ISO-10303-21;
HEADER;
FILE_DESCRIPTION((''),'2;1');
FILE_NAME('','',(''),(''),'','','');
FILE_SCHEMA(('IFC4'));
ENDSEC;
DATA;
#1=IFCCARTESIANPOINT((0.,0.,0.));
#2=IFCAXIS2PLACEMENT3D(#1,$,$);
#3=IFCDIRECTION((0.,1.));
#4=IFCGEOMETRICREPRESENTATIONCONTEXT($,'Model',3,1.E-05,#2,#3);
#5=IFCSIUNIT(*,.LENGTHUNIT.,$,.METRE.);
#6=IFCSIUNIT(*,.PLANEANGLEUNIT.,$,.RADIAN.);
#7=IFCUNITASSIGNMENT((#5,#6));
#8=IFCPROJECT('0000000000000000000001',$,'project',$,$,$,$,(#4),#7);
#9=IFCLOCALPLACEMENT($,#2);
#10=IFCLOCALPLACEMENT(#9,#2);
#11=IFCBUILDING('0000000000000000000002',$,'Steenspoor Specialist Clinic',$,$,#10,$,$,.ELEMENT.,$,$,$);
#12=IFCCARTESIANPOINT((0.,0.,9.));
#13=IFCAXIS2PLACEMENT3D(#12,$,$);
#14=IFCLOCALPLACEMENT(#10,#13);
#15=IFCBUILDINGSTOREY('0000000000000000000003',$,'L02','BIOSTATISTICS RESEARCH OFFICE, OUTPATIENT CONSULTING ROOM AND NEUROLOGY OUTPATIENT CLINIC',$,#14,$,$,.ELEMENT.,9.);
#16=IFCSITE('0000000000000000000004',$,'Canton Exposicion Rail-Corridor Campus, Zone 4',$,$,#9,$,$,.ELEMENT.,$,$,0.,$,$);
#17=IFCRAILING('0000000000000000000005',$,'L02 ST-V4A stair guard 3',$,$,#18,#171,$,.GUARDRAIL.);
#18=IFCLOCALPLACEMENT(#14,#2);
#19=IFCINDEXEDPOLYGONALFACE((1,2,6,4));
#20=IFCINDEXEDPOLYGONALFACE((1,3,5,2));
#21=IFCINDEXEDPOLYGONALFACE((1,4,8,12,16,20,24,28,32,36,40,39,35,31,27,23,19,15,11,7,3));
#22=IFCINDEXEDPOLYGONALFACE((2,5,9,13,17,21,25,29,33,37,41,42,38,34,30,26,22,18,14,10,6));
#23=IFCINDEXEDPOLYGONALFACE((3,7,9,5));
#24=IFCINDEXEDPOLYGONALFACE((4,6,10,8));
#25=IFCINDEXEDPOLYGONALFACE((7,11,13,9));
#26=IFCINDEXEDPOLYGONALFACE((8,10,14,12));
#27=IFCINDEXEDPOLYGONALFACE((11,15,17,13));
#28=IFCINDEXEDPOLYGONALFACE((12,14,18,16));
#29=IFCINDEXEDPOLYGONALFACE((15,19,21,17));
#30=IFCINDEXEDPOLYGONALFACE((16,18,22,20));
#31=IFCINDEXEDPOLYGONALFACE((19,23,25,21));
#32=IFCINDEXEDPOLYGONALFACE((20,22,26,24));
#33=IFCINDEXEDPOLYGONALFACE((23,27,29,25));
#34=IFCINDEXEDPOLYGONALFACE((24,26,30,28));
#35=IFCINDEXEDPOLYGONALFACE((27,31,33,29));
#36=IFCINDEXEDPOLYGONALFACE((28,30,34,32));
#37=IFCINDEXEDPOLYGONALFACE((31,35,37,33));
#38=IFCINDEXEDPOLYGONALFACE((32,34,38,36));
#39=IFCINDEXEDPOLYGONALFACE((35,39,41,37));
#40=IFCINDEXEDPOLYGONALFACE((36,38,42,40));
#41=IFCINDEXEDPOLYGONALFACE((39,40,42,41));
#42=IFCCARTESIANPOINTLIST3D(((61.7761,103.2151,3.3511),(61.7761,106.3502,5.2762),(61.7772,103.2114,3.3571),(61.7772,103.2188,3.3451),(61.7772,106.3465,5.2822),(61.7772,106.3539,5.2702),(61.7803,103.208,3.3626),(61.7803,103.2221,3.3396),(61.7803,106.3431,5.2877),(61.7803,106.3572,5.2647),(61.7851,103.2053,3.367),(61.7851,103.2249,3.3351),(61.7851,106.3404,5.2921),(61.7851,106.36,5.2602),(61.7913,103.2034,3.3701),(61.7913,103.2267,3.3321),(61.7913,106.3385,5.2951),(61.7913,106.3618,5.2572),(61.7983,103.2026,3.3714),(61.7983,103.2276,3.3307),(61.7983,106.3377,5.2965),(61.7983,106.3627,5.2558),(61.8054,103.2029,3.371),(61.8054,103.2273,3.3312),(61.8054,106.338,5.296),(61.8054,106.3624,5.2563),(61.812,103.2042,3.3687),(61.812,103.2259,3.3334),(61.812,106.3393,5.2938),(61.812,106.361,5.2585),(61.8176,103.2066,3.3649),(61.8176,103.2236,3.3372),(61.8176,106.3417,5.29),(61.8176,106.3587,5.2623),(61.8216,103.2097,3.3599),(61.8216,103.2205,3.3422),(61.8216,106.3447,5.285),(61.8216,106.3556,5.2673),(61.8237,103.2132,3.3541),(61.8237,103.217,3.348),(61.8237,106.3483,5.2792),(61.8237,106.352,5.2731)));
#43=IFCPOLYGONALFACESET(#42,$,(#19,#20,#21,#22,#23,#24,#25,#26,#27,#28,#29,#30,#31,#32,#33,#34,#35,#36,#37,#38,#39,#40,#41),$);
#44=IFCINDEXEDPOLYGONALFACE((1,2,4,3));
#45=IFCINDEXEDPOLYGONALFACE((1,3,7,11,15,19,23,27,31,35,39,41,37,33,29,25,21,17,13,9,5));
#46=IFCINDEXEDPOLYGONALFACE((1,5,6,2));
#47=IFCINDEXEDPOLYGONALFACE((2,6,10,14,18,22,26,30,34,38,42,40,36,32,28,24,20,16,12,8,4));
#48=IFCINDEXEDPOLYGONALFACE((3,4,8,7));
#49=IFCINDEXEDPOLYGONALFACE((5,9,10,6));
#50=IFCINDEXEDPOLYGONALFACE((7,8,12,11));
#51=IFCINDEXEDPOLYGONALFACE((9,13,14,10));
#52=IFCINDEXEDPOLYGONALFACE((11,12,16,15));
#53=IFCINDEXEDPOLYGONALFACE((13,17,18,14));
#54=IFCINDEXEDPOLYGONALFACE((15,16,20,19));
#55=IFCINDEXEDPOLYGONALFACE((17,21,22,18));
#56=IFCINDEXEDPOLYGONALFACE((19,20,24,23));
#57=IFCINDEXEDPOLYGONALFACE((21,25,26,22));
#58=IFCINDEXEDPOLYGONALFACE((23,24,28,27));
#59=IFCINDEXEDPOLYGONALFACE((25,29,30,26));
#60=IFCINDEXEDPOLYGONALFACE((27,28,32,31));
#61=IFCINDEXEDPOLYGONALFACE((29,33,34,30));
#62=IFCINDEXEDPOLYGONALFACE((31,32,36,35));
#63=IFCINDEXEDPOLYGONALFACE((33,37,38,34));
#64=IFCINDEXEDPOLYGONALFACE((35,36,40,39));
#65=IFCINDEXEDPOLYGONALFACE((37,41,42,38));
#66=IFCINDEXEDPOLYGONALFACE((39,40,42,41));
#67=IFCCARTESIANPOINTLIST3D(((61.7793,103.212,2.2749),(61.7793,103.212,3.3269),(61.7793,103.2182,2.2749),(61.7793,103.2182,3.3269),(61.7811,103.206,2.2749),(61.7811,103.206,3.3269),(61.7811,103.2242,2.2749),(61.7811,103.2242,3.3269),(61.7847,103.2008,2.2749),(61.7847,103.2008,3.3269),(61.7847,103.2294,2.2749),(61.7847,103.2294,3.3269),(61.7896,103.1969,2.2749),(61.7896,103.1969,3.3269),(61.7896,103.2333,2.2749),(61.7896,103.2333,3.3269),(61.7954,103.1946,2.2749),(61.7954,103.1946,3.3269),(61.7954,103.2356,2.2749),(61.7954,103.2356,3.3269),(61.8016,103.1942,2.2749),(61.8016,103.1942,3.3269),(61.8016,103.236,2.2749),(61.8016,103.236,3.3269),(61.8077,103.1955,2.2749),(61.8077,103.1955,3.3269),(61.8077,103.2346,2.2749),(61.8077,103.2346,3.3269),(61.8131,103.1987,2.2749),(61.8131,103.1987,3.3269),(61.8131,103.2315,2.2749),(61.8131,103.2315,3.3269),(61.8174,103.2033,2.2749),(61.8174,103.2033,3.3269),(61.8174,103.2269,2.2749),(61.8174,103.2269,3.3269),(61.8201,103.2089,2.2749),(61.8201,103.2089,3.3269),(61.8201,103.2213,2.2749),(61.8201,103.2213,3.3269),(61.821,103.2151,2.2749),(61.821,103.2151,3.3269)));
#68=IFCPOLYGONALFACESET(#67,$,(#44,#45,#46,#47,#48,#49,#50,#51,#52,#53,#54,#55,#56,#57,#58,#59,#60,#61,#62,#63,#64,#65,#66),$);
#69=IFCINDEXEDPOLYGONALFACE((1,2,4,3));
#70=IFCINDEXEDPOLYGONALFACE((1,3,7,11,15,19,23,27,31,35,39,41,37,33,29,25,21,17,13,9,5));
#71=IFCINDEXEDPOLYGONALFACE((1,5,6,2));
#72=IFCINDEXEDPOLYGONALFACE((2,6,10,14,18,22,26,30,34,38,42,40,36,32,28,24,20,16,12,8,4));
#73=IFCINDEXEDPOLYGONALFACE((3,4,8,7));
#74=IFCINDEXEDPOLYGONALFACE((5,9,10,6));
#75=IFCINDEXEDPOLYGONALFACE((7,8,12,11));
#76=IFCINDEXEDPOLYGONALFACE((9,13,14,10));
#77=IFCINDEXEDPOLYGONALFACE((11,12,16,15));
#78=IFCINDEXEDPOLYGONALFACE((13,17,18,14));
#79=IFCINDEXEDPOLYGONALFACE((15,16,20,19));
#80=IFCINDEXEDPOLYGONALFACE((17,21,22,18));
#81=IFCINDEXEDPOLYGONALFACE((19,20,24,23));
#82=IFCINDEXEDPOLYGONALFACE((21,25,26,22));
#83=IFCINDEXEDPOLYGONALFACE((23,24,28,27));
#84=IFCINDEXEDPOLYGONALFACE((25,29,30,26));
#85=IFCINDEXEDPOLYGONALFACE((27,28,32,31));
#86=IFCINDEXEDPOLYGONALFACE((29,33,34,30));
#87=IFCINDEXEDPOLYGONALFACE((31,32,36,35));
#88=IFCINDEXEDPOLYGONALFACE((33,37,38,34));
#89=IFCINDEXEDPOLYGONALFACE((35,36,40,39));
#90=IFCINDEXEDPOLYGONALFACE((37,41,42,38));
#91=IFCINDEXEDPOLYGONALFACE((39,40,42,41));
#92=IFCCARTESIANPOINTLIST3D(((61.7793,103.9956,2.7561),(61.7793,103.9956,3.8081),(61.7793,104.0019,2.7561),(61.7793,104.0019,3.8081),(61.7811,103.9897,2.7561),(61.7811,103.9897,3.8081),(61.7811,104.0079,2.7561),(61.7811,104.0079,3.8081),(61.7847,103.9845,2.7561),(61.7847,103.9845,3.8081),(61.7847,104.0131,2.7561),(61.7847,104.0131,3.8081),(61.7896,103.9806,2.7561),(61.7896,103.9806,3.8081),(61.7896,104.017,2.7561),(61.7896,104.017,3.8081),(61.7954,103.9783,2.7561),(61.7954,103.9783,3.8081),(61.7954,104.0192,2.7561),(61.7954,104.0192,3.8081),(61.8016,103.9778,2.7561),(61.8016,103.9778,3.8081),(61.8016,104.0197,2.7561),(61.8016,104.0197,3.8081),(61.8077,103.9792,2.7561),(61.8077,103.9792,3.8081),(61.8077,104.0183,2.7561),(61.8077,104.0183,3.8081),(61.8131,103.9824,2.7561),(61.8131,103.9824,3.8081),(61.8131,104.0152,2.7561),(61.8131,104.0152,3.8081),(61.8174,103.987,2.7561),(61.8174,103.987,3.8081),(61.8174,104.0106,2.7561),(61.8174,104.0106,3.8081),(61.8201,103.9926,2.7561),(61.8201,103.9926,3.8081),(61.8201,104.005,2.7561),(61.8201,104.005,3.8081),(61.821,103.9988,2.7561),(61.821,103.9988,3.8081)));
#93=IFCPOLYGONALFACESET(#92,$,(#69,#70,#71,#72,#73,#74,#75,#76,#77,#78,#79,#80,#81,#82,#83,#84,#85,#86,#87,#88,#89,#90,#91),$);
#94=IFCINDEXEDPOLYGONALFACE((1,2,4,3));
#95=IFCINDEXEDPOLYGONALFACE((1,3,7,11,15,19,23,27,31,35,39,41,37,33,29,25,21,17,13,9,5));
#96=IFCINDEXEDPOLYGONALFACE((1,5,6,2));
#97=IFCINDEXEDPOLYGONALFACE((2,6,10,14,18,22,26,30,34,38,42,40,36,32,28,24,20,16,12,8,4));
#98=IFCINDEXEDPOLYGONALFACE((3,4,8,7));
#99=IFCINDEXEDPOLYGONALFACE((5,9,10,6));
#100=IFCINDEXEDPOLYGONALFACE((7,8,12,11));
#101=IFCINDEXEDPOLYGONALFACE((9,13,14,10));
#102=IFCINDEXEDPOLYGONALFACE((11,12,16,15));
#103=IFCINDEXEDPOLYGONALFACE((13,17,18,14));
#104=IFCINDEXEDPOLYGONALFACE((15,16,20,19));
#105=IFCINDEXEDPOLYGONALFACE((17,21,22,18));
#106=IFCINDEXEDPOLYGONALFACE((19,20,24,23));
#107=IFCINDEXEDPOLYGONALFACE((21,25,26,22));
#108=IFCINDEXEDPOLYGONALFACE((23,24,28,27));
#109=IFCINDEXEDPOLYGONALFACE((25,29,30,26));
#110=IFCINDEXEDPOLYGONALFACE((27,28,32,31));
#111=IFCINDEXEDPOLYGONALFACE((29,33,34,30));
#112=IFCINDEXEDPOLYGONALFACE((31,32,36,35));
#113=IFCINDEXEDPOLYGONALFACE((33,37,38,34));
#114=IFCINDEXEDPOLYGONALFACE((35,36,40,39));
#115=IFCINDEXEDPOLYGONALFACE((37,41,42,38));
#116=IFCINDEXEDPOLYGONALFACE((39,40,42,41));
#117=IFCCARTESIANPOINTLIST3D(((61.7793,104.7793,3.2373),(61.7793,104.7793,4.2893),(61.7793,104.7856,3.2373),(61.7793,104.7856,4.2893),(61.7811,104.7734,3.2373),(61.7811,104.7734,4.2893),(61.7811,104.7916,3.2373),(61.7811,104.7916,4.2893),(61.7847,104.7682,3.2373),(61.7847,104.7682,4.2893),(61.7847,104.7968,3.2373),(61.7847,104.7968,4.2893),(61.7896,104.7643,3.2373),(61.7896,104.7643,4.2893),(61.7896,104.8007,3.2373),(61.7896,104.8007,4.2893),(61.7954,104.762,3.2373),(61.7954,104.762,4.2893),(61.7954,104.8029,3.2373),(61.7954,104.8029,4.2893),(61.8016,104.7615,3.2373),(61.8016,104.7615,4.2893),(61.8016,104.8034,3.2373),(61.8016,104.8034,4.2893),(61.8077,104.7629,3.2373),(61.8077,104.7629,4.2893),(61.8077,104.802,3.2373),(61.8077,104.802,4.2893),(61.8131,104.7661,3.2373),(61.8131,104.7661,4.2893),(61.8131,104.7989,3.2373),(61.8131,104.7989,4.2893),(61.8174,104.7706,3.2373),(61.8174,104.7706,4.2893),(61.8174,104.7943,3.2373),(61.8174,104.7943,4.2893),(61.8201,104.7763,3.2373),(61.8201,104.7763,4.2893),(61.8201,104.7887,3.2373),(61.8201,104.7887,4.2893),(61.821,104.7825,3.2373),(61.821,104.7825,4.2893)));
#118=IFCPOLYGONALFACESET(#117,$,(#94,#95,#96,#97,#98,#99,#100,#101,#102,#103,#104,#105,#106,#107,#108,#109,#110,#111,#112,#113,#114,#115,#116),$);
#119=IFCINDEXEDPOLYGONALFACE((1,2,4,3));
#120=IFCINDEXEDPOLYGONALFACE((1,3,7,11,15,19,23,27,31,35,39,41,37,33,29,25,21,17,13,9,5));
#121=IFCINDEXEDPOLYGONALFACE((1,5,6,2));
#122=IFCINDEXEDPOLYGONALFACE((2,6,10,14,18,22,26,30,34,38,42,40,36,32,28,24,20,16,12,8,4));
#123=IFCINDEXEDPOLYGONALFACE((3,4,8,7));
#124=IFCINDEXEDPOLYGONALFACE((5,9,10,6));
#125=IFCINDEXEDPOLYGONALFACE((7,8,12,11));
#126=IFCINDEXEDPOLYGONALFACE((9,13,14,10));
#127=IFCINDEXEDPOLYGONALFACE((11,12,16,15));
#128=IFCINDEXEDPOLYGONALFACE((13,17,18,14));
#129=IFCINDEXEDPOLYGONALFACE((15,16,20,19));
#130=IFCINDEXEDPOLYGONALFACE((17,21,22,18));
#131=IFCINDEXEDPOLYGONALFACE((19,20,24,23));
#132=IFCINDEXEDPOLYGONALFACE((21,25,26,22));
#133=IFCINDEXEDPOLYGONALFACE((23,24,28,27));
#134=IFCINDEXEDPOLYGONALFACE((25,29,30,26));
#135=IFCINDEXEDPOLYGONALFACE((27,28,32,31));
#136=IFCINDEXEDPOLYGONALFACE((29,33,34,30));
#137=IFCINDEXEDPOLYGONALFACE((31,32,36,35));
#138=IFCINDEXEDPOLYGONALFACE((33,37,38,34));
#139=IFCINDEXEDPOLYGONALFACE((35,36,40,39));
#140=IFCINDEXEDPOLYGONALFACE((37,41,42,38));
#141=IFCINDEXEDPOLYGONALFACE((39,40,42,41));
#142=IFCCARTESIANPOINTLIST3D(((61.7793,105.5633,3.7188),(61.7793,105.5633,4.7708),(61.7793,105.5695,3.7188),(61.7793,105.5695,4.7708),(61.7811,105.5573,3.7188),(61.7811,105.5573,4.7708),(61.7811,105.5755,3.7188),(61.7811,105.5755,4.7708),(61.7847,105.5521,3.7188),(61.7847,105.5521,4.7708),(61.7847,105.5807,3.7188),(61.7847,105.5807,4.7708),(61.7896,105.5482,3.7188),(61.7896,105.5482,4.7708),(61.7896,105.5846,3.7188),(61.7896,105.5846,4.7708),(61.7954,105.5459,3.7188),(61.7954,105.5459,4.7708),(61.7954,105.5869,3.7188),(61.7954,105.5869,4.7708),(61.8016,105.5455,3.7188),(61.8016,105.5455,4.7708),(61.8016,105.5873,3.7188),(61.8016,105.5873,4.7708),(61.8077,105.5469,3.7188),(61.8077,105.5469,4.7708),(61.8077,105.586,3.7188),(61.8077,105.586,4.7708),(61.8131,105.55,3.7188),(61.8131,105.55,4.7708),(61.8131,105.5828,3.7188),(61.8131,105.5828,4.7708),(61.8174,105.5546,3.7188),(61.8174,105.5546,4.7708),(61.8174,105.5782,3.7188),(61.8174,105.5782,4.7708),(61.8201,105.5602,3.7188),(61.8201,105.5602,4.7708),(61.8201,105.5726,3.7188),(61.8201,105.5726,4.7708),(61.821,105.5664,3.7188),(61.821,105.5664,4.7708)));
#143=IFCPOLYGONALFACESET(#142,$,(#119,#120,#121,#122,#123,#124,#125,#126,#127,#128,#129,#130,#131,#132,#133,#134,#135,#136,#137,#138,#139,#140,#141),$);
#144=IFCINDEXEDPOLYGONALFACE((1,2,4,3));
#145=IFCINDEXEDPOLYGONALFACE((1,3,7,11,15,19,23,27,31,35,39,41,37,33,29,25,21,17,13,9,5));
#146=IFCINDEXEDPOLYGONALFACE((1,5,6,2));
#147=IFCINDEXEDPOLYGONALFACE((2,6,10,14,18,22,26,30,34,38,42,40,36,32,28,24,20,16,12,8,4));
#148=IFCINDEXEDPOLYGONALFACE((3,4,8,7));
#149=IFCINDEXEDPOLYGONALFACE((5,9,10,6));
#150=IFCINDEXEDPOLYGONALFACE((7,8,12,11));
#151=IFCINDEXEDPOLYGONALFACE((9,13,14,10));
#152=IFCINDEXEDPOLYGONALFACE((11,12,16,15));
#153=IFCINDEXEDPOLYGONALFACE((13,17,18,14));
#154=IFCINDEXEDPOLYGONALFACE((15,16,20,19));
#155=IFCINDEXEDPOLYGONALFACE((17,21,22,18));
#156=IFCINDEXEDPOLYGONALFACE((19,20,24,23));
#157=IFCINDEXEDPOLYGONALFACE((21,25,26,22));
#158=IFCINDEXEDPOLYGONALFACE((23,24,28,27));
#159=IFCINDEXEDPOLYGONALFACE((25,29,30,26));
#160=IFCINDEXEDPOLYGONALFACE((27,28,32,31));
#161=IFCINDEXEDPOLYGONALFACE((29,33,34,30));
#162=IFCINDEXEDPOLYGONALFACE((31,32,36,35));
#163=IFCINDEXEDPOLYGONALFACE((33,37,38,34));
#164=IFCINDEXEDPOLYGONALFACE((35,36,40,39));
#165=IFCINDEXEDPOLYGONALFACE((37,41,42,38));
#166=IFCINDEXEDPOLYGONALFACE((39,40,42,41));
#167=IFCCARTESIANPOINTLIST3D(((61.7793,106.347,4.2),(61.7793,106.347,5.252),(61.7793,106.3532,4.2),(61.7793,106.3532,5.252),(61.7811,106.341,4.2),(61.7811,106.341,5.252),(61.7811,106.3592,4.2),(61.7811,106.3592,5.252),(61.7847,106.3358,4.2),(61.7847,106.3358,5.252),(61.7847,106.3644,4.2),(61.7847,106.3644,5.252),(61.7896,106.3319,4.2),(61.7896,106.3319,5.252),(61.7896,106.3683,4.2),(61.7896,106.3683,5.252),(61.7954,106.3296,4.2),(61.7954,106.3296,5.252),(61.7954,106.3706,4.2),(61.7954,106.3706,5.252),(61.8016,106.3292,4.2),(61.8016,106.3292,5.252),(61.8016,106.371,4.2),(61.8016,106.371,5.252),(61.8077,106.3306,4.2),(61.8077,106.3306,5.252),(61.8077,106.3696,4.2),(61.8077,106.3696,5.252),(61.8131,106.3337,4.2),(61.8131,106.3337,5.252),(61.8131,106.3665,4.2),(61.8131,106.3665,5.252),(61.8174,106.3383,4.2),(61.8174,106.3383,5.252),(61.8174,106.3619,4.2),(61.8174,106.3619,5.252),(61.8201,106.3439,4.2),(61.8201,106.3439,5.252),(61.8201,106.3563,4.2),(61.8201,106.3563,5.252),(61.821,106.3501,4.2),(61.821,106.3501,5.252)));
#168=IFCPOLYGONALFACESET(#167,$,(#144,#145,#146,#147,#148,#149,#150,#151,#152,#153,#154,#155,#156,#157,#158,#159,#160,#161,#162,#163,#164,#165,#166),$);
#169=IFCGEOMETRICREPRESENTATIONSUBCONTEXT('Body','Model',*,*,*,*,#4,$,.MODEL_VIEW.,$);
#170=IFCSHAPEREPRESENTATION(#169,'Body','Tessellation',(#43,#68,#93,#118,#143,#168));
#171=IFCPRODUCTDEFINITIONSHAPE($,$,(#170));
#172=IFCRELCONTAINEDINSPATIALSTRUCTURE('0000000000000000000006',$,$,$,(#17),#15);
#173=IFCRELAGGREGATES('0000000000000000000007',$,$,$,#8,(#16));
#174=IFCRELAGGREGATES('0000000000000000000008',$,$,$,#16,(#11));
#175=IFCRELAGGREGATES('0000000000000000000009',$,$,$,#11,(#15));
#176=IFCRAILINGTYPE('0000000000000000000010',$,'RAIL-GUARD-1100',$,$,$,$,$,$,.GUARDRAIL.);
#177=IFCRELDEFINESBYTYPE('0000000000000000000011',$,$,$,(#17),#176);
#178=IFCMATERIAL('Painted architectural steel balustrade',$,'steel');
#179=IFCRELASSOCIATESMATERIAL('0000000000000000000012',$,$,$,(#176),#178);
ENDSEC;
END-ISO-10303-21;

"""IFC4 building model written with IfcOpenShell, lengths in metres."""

from ifc_helpers import new_model, si_unit, direction, frame, origin, origin_2d, place, context, subcontext, project, spatial, circle, extrude, material, type_object, element, save


model = new_model("IFC4")

# Units and contexts
model_context = context("Model", 3, precision=1e-05, world=origin(), true_north=direction((0.0, 1.0)))
body_context = subcontext(model_context, "Body", "Model", "MODEL_VIEW")
ifc_project = project(units=[si_unit("LENGTHUNIT", "METRE"), si_unit("PLANEANGLEUNIT", "RADIAN")], contexts=[model_context])

# Site, building, storey
site_placement = place(None, origin())
site = spatial("IfcSite", under=ifc_project, at=site_placement, Name="Canton Exposicion Rail-Corridor Campus, Zone 4", CompositionType="ELEMENT", RefElevation=0.0)
building_placement = place(site_placement, origin())
building = spatial("IfcBuilding", under=site, at=building_placement, Name="Steenspoor Specialist Clinic", CompositionType="ELEMENT")
storey_placement = place(building_placement, frame((0.0, 0.0, 9.0)))
storey = spatial("IfcBuildingStorey", under=building, at=storey_placement, Name="L02", Description="BIOSTATISTICS RESEARCH OFFICE, OUTPATIENT CONSULTING ROOM AND NEUROLOGY OUTPATIENT CLINIC", CompositionType="ELEMENT", Elevation=9.0)

# Railing
ifc_material_1 = material(Name="Painted architectural steel balustrade", Category="steel")
railing_type_1 = type_object("IfcRailingType", Name="RAIL-GUARD-1100", PredefinedType="GUARDRAIL", material=ifc_material_1)
railing_1_placement = place(storey_placement, frame((61.8, 103.2151, 2.2749)))
element("IfcRailing", 1, at=railing_1_placement, inside=storey, type_object=railing_type_1, Name="L02 ST-V4A stair guard 3", PredefinedType="GUARDRAIL", context=body_context, shape_type="SweptSolid", body=[
    extrude(circle(Radius=0.0239, at=origin_2d()), frame((0.0, 0.0, 1.0762), z_axis=(0.0, 0.852166, 0.523271), x_axis=(-1.0, 0.0, 0.0)), (0.0, 0.0, 1.0), 3.679),
    extrude(circle(Radius=0.021, at=origin_2d()), origin(), (0.0, 0.0, 1.0), 1.052),
    extrude(circle(Radius=0.021, at=origin_2d()), frame((0.0, 0.7837, 0.4812)), (0.0, 0.0, 1.0), 1.052),
    extrude(circle(Radius=0.021, at=origin_2d()), frame((0.0, 1.5674, 0.9624)), (0.0, 0.0, 1.0), 1.052),
    extrude(circle(Radius=0.021, at=origin_2d()), frame((0.0, 2.3513, 1.4438)), (0.0, 0.0, 1.0), 1.052),
    extrude(circle(Radius=0.021, at=origin_2d()), frame((0.0, 3.135, 1.925)), (0.0, 0.0, 1.0), 1.052),
])

save(model, "model.ifc")
